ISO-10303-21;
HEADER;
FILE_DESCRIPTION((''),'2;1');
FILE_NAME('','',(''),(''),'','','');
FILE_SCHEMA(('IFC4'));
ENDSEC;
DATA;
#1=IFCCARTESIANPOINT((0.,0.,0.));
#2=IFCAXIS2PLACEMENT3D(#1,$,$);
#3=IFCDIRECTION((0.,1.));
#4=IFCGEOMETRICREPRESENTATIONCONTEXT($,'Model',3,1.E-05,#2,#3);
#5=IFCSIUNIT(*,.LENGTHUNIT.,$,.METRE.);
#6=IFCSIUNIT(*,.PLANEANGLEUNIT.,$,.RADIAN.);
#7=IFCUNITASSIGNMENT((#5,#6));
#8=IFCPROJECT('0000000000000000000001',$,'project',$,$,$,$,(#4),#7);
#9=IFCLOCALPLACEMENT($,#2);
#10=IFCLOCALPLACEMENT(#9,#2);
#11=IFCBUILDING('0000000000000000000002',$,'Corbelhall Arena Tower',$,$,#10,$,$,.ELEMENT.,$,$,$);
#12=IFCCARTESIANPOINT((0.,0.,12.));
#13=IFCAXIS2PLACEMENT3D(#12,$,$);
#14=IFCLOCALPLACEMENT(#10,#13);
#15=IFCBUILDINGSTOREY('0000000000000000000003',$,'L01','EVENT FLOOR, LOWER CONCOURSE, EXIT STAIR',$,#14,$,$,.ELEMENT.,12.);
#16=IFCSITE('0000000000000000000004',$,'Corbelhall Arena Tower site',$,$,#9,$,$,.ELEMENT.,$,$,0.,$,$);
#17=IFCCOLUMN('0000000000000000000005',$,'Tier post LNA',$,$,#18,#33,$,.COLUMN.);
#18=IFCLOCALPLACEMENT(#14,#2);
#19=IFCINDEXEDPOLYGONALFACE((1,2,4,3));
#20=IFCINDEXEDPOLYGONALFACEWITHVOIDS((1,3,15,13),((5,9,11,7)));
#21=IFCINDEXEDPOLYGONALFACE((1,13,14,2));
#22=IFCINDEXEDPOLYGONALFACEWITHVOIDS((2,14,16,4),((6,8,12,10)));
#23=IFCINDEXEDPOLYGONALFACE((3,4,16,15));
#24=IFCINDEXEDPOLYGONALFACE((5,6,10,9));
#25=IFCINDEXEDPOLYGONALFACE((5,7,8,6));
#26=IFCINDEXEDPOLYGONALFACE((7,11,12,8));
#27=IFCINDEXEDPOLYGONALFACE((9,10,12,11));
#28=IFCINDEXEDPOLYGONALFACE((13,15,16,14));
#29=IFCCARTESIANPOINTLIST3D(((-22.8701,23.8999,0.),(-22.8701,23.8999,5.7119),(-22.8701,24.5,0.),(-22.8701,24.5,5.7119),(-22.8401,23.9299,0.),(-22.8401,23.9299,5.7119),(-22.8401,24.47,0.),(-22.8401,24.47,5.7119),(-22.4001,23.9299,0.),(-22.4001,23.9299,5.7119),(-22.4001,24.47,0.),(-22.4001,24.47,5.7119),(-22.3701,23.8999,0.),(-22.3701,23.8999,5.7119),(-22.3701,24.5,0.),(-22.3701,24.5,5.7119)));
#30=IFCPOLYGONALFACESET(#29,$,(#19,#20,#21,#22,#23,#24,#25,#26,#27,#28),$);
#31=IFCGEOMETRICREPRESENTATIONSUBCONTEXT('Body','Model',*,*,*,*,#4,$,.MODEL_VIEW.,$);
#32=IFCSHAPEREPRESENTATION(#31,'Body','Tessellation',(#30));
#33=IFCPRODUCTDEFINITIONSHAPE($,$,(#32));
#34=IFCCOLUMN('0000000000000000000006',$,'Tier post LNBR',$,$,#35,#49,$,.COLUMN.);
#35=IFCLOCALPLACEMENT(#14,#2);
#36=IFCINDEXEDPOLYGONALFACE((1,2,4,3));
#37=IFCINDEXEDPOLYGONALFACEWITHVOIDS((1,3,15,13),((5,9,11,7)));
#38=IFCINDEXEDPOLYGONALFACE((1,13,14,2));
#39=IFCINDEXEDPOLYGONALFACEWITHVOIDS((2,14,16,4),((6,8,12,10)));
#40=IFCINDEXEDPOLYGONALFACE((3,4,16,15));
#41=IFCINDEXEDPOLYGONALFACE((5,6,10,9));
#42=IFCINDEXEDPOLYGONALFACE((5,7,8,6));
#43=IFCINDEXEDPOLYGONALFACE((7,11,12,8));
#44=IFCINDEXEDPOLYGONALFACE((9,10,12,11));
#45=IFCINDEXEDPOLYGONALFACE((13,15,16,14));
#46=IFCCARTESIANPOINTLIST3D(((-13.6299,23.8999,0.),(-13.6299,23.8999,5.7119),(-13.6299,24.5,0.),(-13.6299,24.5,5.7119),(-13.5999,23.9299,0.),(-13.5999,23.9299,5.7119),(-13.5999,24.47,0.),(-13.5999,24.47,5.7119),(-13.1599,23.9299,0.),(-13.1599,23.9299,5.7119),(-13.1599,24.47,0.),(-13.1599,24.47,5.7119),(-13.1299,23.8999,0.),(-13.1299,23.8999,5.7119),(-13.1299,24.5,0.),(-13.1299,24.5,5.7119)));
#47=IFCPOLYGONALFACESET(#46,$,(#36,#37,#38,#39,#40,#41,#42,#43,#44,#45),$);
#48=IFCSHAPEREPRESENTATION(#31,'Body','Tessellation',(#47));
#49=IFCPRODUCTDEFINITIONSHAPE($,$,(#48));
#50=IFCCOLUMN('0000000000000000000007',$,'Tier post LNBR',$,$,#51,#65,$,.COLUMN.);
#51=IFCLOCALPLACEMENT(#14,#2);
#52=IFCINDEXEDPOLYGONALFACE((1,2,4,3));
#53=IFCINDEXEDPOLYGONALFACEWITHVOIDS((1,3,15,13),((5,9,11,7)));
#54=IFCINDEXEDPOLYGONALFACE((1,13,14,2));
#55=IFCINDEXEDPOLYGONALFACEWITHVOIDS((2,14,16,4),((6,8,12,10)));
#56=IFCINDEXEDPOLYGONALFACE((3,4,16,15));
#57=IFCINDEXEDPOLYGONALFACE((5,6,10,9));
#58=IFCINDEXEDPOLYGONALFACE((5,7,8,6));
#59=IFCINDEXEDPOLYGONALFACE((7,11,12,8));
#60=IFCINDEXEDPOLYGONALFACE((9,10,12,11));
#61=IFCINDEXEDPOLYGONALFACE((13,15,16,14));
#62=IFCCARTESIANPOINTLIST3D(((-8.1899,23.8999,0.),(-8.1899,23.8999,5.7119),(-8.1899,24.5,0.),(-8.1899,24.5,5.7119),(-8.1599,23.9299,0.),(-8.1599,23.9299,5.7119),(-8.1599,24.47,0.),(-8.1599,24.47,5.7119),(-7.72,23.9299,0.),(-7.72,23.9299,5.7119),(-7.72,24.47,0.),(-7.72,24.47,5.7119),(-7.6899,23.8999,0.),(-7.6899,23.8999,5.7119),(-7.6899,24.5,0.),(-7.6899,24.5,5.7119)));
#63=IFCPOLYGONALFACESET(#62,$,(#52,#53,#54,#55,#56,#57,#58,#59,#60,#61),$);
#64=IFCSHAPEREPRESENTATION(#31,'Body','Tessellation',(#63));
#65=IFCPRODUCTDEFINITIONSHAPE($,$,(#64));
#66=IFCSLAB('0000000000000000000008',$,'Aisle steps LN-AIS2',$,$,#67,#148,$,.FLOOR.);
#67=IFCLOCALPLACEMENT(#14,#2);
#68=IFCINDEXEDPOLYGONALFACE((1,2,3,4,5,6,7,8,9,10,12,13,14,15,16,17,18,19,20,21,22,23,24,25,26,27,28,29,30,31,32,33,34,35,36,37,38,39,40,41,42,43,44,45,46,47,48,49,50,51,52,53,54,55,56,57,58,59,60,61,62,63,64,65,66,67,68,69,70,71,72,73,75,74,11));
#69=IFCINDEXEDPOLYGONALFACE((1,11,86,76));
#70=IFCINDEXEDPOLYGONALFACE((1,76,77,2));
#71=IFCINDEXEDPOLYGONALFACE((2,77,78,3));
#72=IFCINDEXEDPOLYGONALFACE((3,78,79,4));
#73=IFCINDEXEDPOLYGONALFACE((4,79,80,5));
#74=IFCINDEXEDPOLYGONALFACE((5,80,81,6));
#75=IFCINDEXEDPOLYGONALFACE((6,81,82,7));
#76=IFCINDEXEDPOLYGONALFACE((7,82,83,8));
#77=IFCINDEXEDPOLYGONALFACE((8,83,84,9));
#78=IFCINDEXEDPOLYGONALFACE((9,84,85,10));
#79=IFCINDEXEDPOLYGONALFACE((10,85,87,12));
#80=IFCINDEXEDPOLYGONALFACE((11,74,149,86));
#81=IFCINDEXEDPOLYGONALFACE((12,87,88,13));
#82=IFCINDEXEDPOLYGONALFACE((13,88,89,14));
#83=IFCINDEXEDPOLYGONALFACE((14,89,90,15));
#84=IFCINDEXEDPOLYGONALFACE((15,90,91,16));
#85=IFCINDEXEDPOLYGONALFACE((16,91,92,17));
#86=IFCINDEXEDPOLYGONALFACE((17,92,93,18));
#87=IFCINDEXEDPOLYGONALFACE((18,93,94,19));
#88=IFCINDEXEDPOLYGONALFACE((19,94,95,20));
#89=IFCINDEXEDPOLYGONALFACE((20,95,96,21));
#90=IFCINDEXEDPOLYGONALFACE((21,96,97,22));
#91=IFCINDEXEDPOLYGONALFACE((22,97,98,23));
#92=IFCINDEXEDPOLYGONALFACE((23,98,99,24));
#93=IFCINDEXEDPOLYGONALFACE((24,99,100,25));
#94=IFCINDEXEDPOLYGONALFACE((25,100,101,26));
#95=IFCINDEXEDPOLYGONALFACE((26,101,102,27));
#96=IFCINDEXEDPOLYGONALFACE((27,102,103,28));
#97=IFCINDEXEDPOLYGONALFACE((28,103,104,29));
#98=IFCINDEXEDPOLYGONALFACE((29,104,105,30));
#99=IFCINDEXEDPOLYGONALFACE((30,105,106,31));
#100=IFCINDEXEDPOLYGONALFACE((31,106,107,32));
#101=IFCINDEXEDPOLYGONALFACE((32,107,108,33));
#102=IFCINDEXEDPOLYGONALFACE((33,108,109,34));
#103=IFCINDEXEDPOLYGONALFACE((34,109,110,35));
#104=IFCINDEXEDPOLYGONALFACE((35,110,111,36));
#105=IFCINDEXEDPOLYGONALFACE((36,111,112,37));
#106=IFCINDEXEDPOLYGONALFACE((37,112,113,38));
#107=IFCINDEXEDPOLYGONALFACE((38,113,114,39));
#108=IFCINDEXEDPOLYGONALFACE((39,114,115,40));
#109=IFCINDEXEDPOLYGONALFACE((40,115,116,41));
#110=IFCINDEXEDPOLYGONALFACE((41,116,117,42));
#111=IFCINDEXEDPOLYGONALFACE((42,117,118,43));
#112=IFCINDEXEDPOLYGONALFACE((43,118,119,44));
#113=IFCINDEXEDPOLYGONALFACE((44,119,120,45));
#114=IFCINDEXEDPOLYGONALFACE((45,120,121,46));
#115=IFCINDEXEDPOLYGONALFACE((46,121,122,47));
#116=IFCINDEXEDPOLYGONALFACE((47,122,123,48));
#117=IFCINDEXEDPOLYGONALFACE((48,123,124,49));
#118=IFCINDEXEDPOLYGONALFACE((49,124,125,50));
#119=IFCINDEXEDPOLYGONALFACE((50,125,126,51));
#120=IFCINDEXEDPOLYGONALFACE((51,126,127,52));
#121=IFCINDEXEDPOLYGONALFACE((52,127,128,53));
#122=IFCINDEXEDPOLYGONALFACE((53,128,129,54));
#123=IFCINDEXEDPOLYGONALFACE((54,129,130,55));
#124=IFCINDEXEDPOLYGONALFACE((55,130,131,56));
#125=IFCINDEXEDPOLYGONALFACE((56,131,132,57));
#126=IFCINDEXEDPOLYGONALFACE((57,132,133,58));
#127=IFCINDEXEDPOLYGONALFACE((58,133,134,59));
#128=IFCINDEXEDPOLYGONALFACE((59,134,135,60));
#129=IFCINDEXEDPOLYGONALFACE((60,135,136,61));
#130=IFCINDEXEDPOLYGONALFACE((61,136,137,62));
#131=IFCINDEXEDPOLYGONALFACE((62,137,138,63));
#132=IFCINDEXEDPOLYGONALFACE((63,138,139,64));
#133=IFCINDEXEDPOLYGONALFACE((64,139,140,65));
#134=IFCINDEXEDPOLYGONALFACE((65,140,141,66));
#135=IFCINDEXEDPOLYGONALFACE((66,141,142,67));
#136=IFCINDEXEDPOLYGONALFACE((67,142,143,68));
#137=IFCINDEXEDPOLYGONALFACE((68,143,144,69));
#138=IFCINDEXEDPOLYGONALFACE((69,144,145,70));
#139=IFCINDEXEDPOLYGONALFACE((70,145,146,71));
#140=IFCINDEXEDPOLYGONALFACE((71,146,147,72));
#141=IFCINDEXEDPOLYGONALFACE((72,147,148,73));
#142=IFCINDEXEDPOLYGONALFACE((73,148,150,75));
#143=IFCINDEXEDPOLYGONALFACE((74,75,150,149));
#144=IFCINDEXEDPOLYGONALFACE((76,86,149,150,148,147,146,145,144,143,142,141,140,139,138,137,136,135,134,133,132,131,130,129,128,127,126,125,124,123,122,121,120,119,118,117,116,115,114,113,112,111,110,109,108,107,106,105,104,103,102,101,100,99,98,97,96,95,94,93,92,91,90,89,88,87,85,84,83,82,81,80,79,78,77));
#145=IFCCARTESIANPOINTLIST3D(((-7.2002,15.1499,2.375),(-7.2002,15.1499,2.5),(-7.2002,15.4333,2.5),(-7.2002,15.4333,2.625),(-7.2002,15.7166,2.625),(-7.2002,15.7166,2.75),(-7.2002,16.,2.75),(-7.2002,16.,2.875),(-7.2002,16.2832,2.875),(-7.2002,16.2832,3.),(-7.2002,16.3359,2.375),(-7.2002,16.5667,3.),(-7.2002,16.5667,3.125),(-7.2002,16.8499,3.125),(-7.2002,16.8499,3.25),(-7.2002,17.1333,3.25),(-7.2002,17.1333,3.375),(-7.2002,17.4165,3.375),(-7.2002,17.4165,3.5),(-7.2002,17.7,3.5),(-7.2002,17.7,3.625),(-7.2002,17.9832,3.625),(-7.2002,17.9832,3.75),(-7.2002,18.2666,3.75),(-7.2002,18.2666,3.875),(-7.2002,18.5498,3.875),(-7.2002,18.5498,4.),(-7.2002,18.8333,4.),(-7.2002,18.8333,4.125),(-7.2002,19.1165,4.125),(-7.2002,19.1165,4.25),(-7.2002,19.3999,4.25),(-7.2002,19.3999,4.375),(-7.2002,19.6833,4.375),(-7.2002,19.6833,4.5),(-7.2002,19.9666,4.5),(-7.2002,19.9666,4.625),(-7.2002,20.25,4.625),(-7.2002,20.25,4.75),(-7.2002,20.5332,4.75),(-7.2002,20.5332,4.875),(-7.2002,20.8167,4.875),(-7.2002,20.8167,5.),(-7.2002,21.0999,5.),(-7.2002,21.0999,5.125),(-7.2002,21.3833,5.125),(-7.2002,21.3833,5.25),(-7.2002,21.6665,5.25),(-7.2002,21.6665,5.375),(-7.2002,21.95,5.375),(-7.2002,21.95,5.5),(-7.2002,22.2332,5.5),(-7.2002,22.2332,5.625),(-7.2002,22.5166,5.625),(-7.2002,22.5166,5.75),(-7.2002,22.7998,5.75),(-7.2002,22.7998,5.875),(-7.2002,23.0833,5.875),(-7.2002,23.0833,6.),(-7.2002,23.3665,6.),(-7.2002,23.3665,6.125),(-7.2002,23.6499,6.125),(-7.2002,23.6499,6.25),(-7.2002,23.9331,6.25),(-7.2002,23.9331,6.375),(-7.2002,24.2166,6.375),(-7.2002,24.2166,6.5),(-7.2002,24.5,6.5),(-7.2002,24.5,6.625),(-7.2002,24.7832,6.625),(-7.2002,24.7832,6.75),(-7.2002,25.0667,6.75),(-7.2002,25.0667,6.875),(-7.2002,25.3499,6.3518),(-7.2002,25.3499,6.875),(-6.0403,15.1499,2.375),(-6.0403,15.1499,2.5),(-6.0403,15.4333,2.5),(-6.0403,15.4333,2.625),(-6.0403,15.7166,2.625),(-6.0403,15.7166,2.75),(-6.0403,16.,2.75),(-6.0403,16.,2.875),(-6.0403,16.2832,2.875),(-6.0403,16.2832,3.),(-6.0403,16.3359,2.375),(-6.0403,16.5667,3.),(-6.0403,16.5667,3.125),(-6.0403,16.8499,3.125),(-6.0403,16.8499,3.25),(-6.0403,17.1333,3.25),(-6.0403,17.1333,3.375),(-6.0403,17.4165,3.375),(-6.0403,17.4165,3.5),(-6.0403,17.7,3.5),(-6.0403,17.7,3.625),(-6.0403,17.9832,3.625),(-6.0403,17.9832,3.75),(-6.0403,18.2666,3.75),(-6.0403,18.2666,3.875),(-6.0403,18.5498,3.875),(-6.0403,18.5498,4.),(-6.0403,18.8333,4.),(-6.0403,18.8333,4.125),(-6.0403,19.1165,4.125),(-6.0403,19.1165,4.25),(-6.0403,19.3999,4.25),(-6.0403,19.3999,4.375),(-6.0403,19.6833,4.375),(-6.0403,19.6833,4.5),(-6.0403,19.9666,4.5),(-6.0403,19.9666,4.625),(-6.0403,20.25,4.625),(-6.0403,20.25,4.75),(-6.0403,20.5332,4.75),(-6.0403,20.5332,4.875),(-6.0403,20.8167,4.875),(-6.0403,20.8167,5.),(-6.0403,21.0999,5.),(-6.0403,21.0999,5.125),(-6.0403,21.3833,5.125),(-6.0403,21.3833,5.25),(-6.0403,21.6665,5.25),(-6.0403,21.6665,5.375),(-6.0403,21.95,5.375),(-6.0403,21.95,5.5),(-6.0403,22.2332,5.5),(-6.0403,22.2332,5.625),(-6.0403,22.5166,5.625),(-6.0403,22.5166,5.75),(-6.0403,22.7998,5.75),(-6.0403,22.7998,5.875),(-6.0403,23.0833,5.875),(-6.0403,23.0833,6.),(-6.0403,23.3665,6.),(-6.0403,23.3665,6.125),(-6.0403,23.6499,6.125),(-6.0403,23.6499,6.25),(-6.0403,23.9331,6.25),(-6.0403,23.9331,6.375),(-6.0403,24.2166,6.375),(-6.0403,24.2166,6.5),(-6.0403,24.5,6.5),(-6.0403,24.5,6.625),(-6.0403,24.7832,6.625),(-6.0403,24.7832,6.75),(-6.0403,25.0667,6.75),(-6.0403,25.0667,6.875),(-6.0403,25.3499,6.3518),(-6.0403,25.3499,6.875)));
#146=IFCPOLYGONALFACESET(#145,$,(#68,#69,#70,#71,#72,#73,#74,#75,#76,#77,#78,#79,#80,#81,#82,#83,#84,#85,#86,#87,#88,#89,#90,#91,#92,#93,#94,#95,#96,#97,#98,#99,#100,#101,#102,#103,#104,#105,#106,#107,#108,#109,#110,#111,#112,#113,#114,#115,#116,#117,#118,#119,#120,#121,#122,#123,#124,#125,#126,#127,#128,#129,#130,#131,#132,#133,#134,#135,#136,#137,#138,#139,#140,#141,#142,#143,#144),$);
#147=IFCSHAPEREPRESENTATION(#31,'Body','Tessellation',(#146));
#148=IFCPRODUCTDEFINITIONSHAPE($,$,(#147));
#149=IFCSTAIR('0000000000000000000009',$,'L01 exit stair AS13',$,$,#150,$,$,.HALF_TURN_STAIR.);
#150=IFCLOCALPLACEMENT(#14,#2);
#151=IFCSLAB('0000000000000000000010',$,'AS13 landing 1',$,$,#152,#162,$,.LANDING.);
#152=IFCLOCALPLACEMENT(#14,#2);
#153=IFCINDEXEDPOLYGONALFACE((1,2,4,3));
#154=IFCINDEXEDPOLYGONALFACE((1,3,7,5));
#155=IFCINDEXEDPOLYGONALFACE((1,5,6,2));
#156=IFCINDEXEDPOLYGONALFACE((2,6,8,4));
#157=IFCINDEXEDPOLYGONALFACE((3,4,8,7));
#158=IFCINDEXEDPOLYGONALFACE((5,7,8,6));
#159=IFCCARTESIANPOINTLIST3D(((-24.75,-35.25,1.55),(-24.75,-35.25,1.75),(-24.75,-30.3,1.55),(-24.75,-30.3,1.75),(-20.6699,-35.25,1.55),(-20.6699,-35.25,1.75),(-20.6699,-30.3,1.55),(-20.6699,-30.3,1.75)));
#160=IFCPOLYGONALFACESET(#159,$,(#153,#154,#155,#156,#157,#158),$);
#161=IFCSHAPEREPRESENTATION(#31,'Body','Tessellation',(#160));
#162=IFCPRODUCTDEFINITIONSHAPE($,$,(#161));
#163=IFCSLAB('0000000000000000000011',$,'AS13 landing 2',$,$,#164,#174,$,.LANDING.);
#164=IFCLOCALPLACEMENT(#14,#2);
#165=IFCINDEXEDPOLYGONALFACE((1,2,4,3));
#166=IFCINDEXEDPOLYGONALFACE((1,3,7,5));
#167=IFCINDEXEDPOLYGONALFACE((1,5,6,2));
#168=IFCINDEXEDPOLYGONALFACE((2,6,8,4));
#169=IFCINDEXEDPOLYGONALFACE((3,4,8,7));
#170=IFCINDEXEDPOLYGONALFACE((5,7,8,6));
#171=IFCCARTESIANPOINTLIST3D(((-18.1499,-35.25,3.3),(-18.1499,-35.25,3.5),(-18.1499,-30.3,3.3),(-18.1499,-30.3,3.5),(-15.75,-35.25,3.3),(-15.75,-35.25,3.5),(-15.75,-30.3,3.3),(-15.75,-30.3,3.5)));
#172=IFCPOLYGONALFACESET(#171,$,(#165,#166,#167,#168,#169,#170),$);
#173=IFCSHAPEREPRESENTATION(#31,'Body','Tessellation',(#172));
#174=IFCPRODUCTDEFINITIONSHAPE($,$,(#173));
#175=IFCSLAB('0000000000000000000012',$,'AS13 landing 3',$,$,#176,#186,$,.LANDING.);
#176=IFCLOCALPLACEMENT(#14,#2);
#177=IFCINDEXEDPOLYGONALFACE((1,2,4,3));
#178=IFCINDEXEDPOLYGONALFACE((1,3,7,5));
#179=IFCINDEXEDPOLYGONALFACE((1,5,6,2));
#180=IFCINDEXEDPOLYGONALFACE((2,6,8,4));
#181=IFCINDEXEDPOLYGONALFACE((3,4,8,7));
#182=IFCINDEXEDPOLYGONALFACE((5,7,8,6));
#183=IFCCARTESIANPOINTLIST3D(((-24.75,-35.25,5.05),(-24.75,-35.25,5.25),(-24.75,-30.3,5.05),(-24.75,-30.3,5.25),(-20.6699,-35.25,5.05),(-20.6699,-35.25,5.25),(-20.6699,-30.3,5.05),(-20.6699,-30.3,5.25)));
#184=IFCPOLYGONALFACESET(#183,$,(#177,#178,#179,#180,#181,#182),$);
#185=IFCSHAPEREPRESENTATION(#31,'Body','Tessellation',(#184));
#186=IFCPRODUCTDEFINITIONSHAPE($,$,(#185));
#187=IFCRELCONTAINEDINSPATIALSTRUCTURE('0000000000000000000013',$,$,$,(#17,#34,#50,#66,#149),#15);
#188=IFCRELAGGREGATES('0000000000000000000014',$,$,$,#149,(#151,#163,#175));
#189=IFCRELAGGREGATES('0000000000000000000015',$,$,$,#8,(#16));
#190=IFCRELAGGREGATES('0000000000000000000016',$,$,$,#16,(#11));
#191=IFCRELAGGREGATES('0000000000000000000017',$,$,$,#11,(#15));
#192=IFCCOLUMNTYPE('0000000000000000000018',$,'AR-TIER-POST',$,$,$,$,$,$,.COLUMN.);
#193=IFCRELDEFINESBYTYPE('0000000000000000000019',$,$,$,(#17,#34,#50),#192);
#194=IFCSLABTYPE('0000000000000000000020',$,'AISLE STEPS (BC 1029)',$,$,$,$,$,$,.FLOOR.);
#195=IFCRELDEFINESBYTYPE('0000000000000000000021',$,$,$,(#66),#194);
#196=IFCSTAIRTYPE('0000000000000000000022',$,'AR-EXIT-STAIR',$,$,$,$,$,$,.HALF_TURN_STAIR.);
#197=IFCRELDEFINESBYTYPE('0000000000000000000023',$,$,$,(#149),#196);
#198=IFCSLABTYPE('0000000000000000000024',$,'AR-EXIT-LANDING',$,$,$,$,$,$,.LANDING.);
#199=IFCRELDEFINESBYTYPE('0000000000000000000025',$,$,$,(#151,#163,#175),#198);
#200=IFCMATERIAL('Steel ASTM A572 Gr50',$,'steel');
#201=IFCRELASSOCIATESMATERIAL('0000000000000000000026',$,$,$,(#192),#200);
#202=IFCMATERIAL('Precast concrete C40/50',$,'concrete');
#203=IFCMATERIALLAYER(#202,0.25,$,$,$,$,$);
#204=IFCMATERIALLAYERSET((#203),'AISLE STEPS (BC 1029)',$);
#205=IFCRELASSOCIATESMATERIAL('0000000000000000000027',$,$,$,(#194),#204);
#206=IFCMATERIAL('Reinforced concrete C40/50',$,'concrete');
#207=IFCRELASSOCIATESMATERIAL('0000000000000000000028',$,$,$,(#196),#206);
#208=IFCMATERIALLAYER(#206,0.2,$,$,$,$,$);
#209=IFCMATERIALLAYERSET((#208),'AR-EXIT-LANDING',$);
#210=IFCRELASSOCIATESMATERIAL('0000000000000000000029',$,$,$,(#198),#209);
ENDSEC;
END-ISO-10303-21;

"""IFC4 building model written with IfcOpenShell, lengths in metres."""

from ifc_helpers import new_model, si_unit, direction, frame, origin, origin_2d, place, context, subcontext, project, spatial, polyline, hollow_rectangle, outline, extrude, material, layer, layer_set, material_profile, profile_set, type_object, element, aggregate, save


model = new_model("IFC4")

# Units and contexts
model_context = context("Model", 3, precision=1e-05, world=origin(), true_north=direction((0.0, 1.0)))
body_context = subcontext(model_context, "Body", "Model", "MODEL_VIEW")
ifc_project = project(units=[si_unit("LENGTHUNIT", "METRE"), si_unit("PLANEANGLEUNIT", "RADIAN")], contexts=[model_context])

# Site, building, storey
site_placement = place(None, origin())
site = spatial("IfcSite", under=ifc_project, at=site_placement, Name="Corbelhall Arena Tower site", CompositionType="ELEMENT", RefElevation=0.0)
building_placement = place(site_placement, origin())
building = spatial("IfcBuilding", under=site, at=building_placement, Name="Corbelhall Arena Tower", CompositionType="ELEMENT")
storey_placement = place(building_placement, frame((0.0, 0.0, 12.0)))
storey = spatial("IfcBuildingStorey", under=building, at=storey_placement, Name="L01", Description="EVENT FLOOR, LOWER CONCOURSE, EXIT STAIR", CompositionType="ELEMENT", Elevation=12.0)

# Columns
ifc_material_1 = material(Name="Steel ASTM A572 Gr50", Category="steel")
ifc_material_profile = material_profile(ifc_material_1, hollow_rectangle(XDim=0.5, YDim=0.6001, WallThickness=0.03, at=origin_2d()))
ifc_profile_set = profile_set([ifc_material_profile], Name="Steel ASTM A572 Gr50")
column_type = type_object("IfcColumnType", Name="AR-TIER-POST", PredefinedType="COLUMN", material=ifc_profile_set)
for number, where, z_axis, x_axis, name in (
    (1, (-22.6201, 24.2, 0.0), (0.0, 0.0, 1.0), (1.0, 0.0, 0.0), "Tier post LNA"),
    (2, (-13.3799, 24.2, 0.0), (0.0, 0.0, 1.0), (1.0, 0.0, 0.0), "Tier post LNBR"),
    (3, (-7.9399, 24.2, 0.0), (0.0, 0.0, 1.0), (1.0, 0.0, 0.0), "Tier post LNBR"),
):
    element("IfcColumn", number, at=place(storey_placement, frame(where, z_axis=z_axis, x_axis=x_axis)), inside=storey, type_object=column_type, Name=name, PredefinedType="COLUMN", context=body_context, shape_type="SweptSolid", body=[
        extrude(hollow_rectangle(XDim=0.5, YDim=0.6001, WallThickness=0.03, at=origin_2d()), origin(), (0.0, 0.0, 1.0), 5.7119),
    ])

# Slab
ifc_material_2 = material(Name="Precast concrete C40/50", Category="concrete")
ifc_layer_1 = layer(ifc_material_2, 0.25)
ifc_layer_set_1 = layer_set([ifc_layer_1], Name="AISLE STEPS (BC 1029)")
slab_type_1 = type_object("IfcSlabType", Name="AISLE STEPS (BC 1029)", PredefinedType="FLOOR", material=ifc_layer_set_1)
slab_1_placement = place(storey_placement, frame((-6.6201, 15.1499, 2.375), z_axis=(0.0, 0.0, 1.0), x_axis=(0.0, 1.0, 0.0)))
element("IfcSlab", 4, at=slab_1_placement, inside=storey, type_object=slab_type_1, Name="Aisle steps LN-AIS2", PredefinedType="FLOOR", context=body_context, shape_type="SweptSolid", body=[
    extrude(outline(polyline([(0.0, 0.0), (0.0, 0.125), (0.2834, 0.125), (0.2834, 0.25), (0.5667, 0.25), (0.5667, 0.375), (0.8501, 0.375), (0.8501, 0.5), (1.1333, 0.5), (1.1333, 0.625), (1.4167, 0.625), (1.4167, 0.75), (1.7, 0.75), (1.7, 0.875), (1.9834, 0.875), (1.9834, 1.0), (2.2666, 1.0), (2.2666, 1.125), (2.55, 1.125), (2.55, 1.25), (2.8333, 1.25), (2.8333, 1.375), (3.1167, 1.375), (3.1167, 1.5), (3.3999, 1.5), (3.3999, 1.625), (3.6833, 1.625), (3.6833, 1.75), (3.9666, 1.75), (3.9666, 1.875), (4.25, 1.875), (4.25, 2.0), (4.5334, 2.0), (4.5334, 2.125), (4.8167, 2.125), (4.8167, 2.25), (5.1001, 2.25), (5.1001, 2.375), (5.3833, 2.375), (5.3833, 2.5), (5.6667, 2.5), (5.6667, 2.625), (5.95, 2.625), (5.95, 2.75), (6.2334, 2.75), (6.2334, 2.875), (6.5166, 2.875), (6.5166, 3.0), (6.8, 3.0), (6.8, 3.125), (7.0833, 3.125), (7.0833, 3.25), (7.3667, 3.25), (7.3667, 3.375), (7.6499, 3.375), (7.6499, 3.5), (7.9333, 3.5), (7.9333, 3.625), (8.2166, 3.625), (8.2166, 3.75), (8.5, 3.75), (8.5, 3.875), (8.7832, 3.875), (8.7832, 4.0), (9.0667, 4.0), (9.0667, 4.125), (9.3501, 4.125), (9.3501, 4.25), (9.6333, 4.25), (9.6333, 4.375), (9.9167, 4.375), (9.9167, 4.5), (10.2, 4.5), (10.2, 4.625), (10.2, 3.9768), (1.186, 0.0), (0.0, 0.0)])), frame((0.0, 0.5801, 0.0), z_axis=(0.0, -1.0, 0.0), x_axis=(1.0, 0.0, 0.0)), (0.0, 0.0, 1.0), 1.1599),
])

# Stair, slabs
ifc_material_3 = material(Name="Reinforced concrete C40/50", Category="concrete")
stair_type_1 = type_object("IfcStairType", Name="AR-EXIT-STAIR", PredefinedType="HALF_TURN_STAIR", material=ifc_material_3)
stair_1_placement = place(storey_placement, origin())
stair_1 = element("IfcStair", 5, at=stair_1_placement, inside=storey, type_object=stair_type_1, Name="L01 exit stair AS13", PredefinedType="HALF_TURN_STAIR")
ifc_layer_2 = layer(ifc_material_3, 0.2)
ifc_layer_set_2 = layer_set([ifc_layer_2], Name="AR-EXIT-LANDING")
slab_type_2 = type_object("IfcSlabType", Name="AR-EXIT-LANDING", PredefinedType="LANDING", material=ifc_layer_set_2)
slab_2_placement = place(storey_placement, frame((0.0, 0.0, 1.55)))
slab_2 = element("IfcSlab", 6, at=slab_2_placement, type_object=slab_type_2, Name="AS13 landing 1", PredefinedType="LANDING", context=body_context, shape_type="SweptSolid", body=[
    extrude(outline(polyline([(-20.6699, -30.3), (-24.75, -30.3), (-24.75, -35.25), (-20.6699, -35.25), (-20.6699, -30.3)])), origin(), (0.0, 0.0, 1.0), 0.2),
])
slab_3_placement = place(storey_placement, frame((0.0, 0.0, 3.3)))
slab_3 = element("IfcSlab", 7, at=slab_3_placement, type_object=slab_type_2, Name="AS13 landing 2", PredefinedType="LANDING", context=body_context, shape_type="SweptSolid", body=[
    extrude(outline(polyline([(-15.75, -30.3), (-18.1499, -30.3), (-18.1499, -35.25), (-15.75, -35.25), (-15.75, -30.3)])), origin(), (0.0, 0.0, 1.0), 0.2),
])
slab_4_placement = place(storey_placement, frame((0.0, 0.0, 5.05)))
slab_4 = element("IfcSlab", 8, at=slab_4_placement, type_object=slab_type_2, Name="AS13 landing 3", PredefinedType="LANDING", context=body_context, shape_type="SweptSolid", body=[
    extrude(outline(polyline([(-20.6699, -30.3), (-24.75, -30.3), (-24.75, -35.25), (-20.6699, -35.25), (-20.6699, -30.3)])), origin(), (0.0, 0.0, 1.0), 0.2),
])
aggregate(stair_1, [slab_2, slab_3, slab_4])

save(model, "model.ifc")
